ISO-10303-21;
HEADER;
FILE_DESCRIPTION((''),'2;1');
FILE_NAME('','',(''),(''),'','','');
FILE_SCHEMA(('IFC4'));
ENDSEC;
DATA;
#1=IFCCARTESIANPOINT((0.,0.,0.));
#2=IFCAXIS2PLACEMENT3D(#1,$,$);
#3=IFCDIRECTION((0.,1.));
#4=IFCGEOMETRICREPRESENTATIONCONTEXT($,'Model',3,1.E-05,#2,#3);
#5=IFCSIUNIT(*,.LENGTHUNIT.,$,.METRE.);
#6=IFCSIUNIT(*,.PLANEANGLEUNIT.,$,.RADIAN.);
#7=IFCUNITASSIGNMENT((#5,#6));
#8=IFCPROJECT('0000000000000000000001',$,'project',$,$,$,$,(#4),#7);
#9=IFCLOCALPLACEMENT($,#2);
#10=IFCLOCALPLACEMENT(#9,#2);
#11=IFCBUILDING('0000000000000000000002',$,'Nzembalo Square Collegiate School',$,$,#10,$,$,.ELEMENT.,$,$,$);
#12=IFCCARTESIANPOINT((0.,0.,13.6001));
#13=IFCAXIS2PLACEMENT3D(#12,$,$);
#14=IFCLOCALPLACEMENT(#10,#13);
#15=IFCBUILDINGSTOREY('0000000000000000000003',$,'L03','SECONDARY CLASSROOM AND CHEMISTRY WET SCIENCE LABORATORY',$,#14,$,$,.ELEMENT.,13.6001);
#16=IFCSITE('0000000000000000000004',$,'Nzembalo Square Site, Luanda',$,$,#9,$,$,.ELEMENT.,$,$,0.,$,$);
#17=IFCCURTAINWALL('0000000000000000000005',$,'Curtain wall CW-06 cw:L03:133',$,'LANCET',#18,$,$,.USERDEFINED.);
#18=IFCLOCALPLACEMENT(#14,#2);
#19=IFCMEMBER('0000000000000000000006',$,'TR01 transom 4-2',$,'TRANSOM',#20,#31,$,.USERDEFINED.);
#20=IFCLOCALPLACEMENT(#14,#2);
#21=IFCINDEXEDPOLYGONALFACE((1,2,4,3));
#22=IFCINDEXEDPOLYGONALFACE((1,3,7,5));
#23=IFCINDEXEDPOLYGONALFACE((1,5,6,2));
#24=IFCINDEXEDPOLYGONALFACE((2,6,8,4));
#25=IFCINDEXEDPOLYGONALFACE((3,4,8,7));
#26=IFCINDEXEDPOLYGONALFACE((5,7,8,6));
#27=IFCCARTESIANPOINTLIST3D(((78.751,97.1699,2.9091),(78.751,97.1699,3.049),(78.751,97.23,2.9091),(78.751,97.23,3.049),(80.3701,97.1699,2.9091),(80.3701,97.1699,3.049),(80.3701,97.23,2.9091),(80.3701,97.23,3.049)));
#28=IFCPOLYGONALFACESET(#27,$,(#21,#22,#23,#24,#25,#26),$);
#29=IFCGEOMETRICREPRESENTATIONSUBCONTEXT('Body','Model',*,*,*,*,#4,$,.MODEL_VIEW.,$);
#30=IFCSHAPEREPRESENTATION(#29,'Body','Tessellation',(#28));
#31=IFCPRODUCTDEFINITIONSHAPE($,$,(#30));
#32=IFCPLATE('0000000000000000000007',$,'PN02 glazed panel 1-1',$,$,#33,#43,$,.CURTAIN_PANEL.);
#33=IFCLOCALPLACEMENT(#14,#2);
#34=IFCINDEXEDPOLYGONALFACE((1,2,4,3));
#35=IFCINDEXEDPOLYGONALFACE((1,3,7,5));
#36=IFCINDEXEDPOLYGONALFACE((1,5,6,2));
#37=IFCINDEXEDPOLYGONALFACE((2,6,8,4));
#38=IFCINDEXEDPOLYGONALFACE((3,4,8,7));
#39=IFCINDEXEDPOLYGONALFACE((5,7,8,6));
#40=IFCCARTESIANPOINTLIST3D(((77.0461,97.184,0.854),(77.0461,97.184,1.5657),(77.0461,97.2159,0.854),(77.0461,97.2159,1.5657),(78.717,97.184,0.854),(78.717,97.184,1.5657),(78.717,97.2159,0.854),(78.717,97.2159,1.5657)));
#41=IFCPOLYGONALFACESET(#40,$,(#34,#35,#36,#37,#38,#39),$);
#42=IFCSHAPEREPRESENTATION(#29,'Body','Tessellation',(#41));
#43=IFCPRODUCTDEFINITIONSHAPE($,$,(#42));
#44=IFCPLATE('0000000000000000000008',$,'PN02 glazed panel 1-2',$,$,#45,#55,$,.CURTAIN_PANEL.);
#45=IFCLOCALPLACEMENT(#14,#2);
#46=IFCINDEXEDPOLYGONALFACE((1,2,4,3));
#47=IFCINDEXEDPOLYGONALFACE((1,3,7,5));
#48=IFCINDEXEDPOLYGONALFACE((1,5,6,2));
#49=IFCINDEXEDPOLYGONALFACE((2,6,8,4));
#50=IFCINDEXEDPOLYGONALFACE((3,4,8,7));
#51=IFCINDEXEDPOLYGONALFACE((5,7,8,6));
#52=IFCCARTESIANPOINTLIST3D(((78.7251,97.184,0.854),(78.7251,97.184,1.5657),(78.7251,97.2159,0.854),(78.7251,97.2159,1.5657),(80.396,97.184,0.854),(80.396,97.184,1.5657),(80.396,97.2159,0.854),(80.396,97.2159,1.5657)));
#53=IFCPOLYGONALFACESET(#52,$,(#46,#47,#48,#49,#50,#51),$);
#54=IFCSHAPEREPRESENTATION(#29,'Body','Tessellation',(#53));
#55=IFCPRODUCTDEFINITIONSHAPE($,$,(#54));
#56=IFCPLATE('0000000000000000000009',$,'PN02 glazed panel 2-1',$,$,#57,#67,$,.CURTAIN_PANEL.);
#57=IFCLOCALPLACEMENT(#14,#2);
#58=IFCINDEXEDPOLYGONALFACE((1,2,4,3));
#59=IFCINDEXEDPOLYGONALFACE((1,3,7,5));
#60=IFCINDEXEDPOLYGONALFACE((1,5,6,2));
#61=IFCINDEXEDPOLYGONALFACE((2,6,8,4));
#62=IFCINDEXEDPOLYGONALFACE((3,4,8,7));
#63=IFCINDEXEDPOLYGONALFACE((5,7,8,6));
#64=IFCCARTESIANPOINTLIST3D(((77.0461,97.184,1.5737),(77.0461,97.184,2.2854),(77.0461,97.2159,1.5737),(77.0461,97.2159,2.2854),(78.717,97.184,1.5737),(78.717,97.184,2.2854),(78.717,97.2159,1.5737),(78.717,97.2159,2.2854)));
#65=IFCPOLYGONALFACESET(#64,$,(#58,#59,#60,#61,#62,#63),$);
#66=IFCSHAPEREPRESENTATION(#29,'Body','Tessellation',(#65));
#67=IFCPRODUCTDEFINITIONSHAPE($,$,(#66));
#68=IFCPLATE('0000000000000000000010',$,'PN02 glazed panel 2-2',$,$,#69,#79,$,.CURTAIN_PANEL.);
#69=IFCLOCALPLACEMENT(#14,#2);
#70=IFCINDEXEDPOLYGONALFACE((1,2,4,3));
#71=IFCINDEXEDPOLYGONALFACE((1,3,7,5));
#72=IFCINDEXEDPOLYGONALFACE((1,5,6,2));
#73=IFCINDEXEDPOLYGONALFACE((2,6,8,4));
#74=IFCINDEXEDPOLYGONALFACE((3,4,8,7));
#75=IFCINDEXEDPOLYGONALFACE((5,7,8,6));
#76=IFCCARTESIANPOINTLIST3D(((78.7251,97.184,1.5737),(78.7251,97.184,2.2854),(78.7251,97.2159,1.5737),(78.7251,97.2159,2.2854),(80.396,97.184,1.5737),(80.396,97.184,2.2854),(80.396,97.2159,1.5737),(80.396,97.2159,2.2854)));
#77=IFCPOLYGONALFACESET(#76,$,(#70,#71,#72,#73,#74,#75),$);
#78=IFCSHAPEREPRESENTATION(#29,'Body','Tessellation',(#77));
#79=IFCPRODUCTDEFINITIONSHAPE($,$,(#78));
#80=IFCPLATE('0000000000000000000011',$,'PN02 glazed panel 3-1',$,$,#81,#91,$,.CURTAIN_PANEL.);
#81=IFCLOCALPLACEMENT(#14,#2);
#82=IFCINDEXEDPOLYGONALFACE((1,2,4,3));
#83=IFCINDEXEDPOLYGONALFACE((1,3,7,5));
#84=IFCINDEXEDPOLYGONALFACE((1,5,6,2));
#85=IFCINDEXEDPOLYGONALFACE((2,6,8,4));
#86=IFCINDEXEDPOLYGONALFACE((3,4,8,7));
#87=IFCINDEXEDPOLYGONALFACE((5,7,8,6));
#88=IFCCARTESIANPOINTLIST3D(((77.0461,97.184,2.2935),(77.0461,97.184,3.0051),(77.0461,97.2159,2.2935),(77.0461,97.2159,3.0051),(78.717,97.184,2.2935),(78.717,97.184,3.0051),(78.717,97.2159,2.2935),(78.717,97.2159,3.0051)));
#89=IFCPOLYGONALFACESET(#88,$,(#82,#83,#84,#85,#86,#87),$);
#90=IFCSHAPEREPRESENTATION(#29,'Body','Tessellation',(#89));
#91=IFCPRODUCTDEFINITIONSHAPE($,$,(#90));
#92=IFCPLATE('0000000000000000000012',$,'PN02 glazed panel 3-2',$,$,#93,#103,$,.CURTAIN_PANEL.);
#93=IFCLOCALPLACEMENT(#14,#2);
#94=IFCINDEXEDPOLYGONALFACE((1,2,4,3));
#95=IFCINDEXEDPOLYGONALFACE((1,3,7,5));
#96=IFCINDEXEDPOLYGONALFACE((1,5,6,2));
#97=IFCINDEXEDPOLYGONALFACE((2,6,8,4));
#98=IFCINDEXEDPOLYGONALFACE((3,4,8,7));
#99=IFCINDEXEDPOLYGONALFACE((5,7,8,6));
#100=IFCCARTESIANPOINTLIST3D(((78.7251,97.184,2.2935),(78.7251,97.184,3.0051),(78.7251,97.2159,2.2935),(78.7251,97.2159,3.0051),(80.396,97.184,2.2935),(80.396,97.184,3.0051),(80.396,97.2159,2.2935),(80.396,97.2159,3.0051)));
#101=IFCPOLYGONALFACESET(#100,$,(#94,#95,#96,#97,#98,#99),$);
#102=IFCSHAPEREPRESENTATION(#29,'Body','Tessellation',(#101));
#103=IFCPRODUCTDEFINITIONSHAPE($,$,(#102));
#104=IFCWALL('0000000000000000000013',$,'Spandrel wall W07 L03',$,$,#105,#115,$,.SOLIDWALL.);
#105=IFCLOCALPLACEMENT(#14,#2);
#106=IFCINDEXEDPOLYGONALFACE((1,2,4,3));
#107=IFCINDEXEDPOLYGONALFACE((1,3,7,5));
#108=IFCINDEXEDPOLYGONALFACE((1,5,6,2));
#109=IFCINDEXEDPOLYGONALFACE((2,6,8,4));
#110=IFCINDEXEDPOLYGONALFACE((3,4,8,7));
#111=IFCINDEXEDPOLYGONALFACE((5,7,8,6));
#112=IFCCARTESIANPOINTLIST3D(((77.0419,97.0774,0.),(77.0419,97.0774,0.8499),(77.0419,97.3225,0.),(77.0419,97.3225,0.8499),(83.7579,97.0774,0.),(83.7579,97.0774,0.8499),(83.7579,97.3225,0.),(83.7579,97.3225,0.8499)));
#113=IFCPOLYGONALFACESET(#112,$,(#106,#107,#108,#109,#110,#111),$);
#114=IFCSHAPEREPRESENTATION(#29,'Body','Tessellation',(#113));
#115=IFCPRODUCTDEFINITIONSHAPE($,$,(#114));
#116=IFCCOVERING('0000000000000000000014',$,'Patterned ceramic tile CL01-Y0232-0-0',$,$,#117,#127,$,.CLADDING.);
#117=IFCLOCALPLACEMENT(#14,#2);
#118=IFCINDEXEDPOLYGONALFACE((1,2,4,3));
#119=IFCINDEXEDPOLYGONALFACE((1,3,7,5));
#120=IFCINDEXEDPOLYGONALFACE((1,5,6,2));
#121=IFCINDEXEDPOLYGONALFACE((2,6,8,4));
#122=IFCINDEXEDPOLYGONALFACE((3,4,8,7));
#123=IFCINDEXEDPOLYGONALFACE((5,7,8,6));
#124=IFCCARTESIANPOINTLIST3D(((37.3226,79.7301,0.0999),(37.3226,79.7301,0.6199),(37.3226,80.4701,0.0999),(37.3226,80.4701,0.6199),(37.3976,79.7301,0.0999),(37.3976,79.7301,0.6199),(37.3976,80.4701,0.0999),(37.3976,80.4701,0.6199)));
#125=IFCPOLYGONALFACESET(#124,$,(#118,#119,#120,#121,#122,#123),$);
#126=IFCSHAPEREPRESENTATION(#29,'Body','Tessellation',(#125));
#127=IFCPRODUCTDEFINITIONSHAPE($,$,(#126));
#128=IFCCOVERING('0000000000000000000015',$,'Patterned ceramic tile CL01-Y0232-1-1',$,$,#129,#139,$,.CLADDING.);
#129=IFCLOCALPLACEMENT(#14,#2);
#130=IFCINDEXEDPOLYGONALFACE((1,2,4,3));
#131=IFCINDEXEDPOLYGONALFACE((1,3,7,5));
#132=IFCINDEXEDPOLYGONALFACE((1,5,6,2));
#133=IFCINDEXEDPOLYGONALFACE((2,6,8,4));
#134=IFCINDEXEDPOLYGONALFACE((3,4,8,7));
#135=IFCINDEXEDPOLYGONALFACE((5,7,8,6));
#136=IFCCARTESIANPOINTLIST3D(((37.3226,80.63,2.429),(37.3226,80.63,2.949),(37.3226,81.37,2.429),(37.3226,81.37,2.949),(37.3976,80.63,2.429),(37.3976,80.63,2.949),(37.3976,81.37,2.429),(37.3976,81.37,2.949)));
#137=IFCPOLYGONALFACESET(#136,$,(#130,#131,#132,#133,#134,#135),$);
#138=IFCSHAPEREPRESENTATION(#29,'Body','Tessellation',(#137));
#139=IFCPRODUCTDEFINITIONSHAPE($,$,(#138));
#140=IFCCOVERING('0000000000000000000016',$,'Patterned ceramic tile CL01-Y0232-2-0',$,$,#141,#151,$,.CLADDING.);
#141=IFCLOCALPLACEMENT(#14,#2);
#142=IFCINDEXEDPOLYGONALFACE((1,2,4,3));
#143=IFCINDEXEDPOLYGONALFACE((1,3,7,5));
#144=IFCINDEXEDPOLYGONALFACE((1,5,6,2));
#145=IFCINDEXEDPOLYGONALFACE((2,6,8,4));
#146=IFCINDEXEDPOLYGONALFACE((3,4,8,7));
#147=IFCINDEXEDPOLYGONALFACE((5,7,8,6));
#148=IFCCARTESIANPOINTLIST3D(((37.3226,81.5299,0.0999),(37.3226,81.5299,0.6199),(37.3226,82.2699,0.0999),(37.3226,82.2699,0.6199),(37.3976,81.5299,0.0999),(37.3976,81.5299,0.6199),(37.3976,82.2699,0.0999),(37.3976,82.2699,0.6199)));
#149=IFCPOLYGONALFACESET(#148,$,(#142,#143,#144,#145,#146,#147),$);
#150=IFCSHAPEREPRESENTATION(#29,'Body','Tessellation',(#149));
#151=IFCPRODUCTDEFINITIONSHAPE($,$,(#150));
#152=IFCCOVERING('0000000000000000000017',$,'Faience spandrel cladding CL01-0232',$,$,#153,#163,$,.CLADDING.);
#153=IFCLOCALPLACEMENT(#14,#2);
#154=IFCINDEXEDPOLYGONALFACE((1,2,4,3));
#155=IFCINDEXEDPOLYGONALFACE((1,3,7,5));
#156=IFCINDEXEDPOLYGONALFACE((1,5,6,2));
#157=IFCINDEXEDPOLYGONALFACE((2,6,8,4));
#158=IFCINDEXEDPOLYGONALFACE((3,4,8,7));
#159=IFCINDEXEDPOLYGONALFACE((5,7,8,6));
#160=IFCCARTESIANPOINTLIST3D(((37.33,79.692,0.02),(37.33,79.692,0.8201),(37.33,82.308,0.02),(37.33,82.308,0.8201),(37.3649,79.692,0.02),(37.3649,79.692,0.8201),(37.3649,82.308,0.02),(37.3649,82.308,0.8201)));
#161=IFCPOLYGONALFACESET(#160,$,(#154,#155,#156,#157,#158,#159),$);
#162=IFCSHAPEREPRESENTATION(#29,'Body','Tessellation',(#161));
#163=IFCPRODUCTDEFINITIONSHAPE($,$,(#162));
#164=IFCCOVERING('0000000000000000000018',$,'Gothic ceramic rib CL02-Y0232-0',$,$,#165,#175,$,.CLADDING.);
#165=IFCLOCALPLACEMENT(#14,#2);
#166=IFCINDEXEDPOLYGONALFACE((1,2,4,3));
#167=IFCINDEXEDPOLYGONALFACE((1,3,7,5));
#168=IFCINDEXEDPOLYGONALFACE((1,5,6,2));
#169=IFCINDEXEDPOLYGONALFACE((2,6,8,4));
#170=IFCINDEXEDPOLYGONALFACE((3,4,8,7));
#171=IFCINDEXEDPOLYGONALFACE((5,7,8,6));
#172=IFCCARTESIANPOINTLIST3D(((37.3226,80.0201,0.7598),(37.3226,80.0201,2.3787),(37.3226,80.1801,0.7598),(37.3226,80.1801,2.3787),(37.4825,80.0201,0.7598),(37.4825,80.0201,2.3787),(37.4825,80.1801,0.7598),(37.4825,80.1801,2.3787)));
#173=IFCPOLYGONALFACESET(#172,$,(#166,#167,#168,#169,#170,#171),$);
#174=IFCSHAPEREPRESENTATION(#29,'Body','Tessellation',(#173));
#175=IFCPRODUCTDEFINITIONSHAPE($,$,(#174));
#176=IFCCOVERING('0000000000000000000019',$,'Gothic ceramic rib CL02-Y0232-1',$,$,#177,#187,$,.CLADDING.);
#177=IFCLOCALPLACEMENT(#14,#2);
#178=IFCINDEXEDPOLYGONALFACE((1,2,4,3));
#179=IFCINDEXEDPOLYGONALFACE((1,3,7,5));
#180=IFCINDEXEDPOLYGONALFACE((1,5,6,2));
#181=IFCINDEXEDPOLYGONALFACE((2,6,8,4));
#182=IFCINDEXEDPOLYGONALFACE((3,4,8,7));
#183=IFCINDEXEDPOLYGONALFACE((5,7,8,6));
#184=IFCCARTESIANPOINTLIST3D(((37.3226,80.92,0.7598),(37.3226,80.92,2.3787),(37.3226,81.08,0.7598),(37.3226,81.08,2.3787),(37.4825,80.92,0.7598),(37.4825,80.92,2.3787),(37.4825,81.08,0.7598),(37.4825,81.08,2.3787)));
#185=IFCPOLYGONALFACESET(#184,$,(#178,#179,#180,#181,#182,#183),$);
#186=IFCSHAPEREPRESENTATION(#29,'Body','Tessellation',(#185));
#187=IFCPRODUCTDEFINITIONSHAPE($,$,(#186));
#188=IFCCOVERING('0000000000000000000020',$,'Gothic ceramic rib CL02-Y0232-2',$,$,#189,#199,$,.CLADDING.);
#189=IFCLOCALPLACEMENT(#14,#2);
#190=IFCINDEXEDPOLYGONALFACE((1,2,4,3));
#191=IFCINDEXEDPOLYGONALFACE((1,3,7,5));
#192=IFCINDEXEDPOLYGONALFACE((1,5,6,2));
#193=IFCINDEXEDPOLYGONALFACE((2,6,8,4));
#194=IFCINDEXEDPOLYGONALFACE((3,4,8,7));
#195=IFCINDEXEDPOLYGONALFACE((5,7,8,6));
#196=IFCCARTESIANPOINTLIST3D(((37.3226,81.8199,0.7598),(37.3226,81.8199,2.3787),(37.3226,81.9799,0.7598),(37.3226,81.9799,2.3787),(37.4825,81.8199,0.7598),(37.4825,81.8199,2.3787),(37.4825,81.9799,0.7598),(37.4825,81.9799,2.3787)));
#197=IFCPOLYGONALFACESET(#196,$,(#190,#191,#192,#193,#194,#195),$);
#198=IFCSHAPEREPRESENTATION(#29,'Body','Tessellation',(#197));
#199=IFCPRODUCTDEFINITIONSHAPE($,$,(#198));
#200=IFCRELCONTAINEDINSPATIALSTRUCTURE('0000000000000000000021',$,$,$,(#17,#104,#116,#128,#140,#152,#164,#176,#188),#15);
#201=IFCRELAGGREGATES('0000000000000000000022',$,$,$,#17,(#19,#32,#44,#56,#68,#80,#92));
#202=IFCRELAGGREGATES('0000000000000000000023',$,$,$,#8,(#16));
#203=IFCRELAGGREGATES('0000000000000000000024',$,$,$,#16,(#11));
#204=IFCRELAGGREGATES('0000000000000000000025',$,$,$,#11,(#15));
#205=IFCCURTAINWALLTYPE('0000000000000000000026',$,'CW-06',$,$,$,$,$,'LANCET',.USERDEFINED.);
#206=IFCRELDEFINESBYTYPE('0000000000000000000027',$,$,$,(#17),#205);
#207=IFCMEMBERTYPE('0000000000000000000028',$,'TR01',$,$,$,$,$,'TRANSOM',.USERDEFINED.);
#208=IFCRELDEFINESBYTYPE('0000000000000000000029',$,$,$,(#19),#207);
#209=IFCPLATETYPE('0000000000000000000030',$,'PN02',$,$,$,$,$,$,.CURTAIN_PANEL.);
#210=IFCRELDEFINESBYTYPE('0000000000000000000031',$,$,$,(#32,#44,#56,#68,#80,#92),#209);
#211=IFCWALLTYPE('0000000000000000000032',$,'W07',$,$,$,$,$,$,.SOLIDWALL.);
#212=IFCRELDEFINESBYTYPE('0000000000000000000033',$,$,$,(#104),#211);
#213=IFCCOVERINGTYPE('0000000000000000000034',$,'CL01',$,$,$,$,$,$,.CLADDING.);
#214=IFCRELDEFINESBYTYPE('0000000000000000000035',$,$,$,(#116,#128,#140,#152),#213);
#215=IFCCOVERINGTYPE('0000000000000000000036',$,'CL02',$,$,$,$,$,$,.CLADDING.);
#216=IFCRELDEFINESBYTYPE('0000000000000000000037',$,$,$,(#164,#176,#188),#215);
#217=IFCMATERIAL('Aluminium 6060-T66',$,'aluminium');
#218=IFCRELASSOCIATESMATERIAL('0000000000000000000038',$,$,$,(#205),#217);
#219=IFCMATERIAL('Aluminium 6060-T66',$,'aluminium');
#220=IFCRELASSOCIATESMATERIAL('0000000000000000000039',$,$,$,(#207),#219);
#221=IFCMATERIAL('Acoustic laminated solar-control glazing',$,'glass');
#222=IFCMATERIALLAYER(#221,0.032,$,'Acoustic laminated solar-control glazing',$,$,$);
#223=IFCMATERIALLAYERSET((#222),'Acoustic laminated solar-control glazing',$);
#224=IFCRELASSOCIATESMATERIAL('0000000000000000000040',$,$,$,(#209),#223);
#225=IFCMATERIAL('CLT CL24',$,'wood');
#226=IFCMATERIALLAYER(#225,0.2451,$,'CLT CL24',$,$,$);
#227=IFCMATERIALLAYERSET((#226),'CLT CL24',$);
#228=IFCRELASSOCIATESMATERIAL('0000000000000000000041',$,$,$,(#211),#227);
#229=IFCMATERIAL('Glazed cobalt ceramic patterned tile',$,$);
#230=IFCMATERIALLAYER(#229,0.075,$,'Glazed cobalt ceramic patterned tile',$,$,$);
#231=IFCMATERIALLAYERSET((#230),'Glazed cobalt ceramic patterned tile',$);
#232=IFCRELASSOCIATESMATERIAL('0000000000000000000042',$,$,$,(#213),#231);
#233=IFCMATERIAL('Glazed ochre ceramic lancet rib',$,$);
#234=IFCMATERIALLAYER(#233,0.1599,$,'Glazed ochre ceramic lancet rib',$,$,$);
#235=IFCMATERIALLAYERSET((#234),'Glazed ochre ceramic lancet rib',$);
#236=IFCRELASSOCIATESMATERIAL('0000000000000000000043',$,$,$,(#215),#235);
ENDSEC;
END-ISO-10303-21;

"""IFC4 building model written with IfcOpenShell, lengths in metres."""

from ifc_helpers import new_model, si_unit, direction, frame, frame_2d, origin, origin_2d, place, context, subcontext, project, spatial, rectangle, extrude, material, layer, layer_set, material_profile, profile_set, type_object, element, aggregate, save


model = new_model("IFC4")

# Units and contexts
model_context = context("Model", 3, precision=1e-05, world=origin(), true_north=direction((0.0, 1.0)))
body_context = subcontext(model_context, "Body", "Model", "MODEL_VIEW")
ifc_project = project(units=[si_unit("LENGTHUNIT", "METRE"), si_unit("PLANEANGLEUNIT", "RADIAN")], contexts=[model_context])

# Site, building, storey
site_placement = place(None, origin())
site = spatial("IfcSite", under=ifc_project, at=site_placement, Name="Nzembalo Square Site, Luanda", CompositionType="ELEMENT", RefElevation=0.0)
building_placement = place(site_placement, origin())
building = spatial("IfcBuilding", under=site, at=building_placement, Name="Nzembalo Square Collegiate School", CompositionType="ELEMENT")
storey_placement = place(building_placement, frame((0.0, 0.0, 13.6001)))
storey = spatial("IfcBuildingStorey", under=building, at=storey_placement, Name="L03", Description="SECONDARY CLASSROOM AND CHEMISTRY WET SCIENCE LABORATORY", CompositionType="ELEMENT", Elevation=13.6001)

# Curtain wall
ifc_material_1 = material(Name="Aluminium 6060-T66", Category="aluminium")
curtain_wall_type_1 = type_object("IfcCurtainWallType", Name="CW-06", ElementType="LANCET", PredefinedType="USERDEFINED", material=ifc_material_1)
curtain_wall_1_placement = place(storey_placement, origin())
curtain_wall_1 = element("IfcCurtainWall", 1, at=curtain_wall_1_placement, inside=storey, type_object=curtain_wall_type_1, Name="Curtain wall CW-06 cw:L03:133", ObjectType="LANCET", PredefinedType="USERDEFINED")

# Member
ifc_material_2 = material(Name="Aluminium 6060-T66", Category="aluminium")
ifc_material_profile_1 = material_profile(ifc_material_2, rectangle(XDim=0.0601, YDim=0.1399, at=origin_2d()), Name="ALU T60x140")
ifc_profile_set_1 = profile_set([ifc_material_profile_1], Name="Aluminium 6060-T66")
member_type_1 = type_object("IfcMemberType", Name="TR01", ElementType="TRANSOM", PredefinedType="USERDEFINED", material=ifc_profile_set_1)
member_1_placement = place(storey_placement, frame((78.751, 97.2, 2.979), z_axis=(1.0, 0.0, 0.0), x_axis=(0.0, 1.0, 0.0)))
member_1 = element("IfcMember", 2, at=member_1_placement, type_object=member_type_1, Name="TR01 transom 4-2", ObjectType="TRANSOM", PredefinedType="USERDEFINED", context=body_context, shape_type="SweptSolid", body=[
    extrude(rectangle(XDim=0.0601, YDim=0.1399, at=origin_2d()), origin(), (0.0, 0.0, 1.0), 1.6191),
])

# Plates
ifc_material_3 = material(Name="Acoustic laminated solar-control glazing", Category="glass")
ifc_layer_1 = layer(ifc_material_3, 0.032, Name="Acoustic laminated solar-control glazing")
ifc_layer_set_1 = layer_set([ifc_layer_1], Name="Acoustic laminated solar-control glazing")
plate_type = type_object("IfcPlateType", Name="PN02", PredefinedType="CURTAIN_PANEL", material=ifc_layer_set_1)
plate_1_placement = place(storey_placement, frame((77.8816, 97.2, 0.854), z_axis=(0.0, 0.0, 1.0), x_axis=(1.0, 0.0, 0.0)))
plate_1 = element("IfcPlate", 3, at=plate_1_placement, type_object=plate_type, Name="PN02 glazed panel 1-1", PredefinedType="CURTAIN_PANEL", context=body_context, shape_type="SweptSolid", body=[
    extrude(rectangle(XDim=1.6709, YDim=0.032, at=origin_2d()), origin(), (0.0, 0.0, 1.0), 0.7117),
])
plate_2_placement = place(storey_placement, frame((79.5605, 97.2, 0.854), z_axis=(0.0, 0.0, 1.0), x_axis=(1.0, 0.0, 0.0)))
plate_2 = element("IfcPlate", 4, at=plate_2_placement, type_object=plate_type, Name="PN02 glazed panel 1-2", PredefinedType="CURTAIN_PANEL", context=body_context, shape_type="SweptSolid", body=[
    extrude(rectangle(XDim=1.6709, YDim=0.032, at=origin_2d()), origin(), (0.0, 0.0, 1.0), 0.7117),
])
plate_3_placement = place(storey_placement, frame((77.8816, 97.2, 1.5737), z_axis=(0.0, 0.0, 1.0), x_axis=(1.0, 0.0, 0.0)))
plate_3 = element("IfcPlate", 5, at=plate_3_placement, type_object=plate_type, Name="PN02 glazed panel 2-1", PredefinedType="CURTAIN_PANEL", context=body_context, shape_type="SweptSolid", body=[
    extrude(rectangle(XDim=1.6709, YDim=0.032, at=origin_2d()), origin(), (0.0, 0.0, 1.0), 0.7117),
])
plate_4_placement = place(storey_placement, frame((79.5605, 97.2, 1.5737), z_axis=(0.0, 0.0, 1.0), x_axis=(1.0, 0.0, 0.0)))
plate_4 = element("IfcPlate", 6, at=plate_4_placement, type_object=plate_type, Name="PN02 glazed panel 2-2", PredefinedType="CURTAIN_PANEL", context=body_context, shape_type="SweptSolid", body=[
    extrude(rectangle(XDim=1.6709, YDim=0.032, at=origin_2d()), origin(), (0.0, 0.0, 1.0), 0.7117),
])
plate_5_placement = place(storey_placement, frame((77.8816, 97.2, 2.2935), z_axis=(0.0, 0.0, 1.0), x_axis=(1.0, 0.0, 0.0)))
plate_5 = element("IfcPlate", 7, at=plate_5_placement, type_object=plate_type, Name="PN02 glazed panel 3-1", PredefinedType="CURTAIN_PANEL", context=body_context, shape_type="SweptSolid", body=[
    extrude(rectangle(XDim=1.6709, YDim=0.032, at=origin_2d()), origin(), (0.0, 0.0, 1.0), 0.7117),
])
plate_6_placement = place(storey_placement, frame((79.5605, 97.2, 2.2935), z_axis=(0.0, 0.0, 1.0), x_axis=(1.0, 0.0, 0.0)))
plate_6 = element("IfcPlate", 8, at=plate_6_placement, type_object=plate_type, Name="PN02 glazed panel 3-2", PredefinedType="CURTAIN_PANEL", context=body_context, shape_type="SweptSolid", body=[
    extrude(rectangle(XDim=1.6709, YDim=0.032, at=origin_2d()), origin(), (0.0, 0.0, 1.0), 0.7117),
])
aggregate(curtain_wall_1, [member_1, plate_1, plate_2, plate_3, plate_4, plate_5, plate_6])

# Wall
ifc_material_4 = material(Name="CLT CL24", Category="wood")
ifc_layer_2 = layer(ifc_material_4, 0.2451, Name="CLT CL24")
ifc_layer_set_2 = layer_set([ifc_layer_2], Name="CLT CL24")
wall_type = type_object("IfcWallType", Name="W07", PredefinedType="SOLIDWALL", material=ifc_layer_set_2)
wall_placement = place(storey_placement, frame((77.042, 97.2, 0.0), z_axis=(0.0, 0.0, 1.0), x_axis=(1.0, 0.0, 0.0)))
element("IfcWall", 9, at=wall_placement, inside=storey, type_object=wall_type, Name="Spandrel wall W07 L03", PredefinedType="SOLIDWALL", context=body_context, shape_type="SweptSolid", body=[
    extrude(rectangle(XDim=6.7161, YDim=0.2451, at=frame_2d((3.3579, 0.0))), origin(), (0.0, 0.0, 1.0), 0.8499),
])

# Coverings
ifc_material_5 = material(Name="Glazed cobalt ceramic patterned tile")
ifc_layer_3 = layer(ifc_material_5, 0.075, Name="Glazed cobalt ceramic patterned tile")
ifc_layer_set_3 = layer_set([ifc_layer_3], Name="Glazed cobalt ceramic patterned tile")
covering_type_1 = type_object("IfcCoveringType", Name="CL01", PredefinedType="CLADDING", material=ifc_layer_set_3)
for number, where, z_axis, x_axis, name in (
    (10, (37.3601, 80.1001, 0.0999), (0.0, 0.0, 1.0), (1.0, 0.0, 0.0), "Patterned ceramic tile CL01-Y0232-0-0"),
    (11, (37.3601, 81.0, 2.429), (0.0, 0.0, 1.0), (1.0, 0.0, 0.0), "Patterned ceramic tile CL01-Y0232-1-1"),
    (12, (37.3601, 81.8999, 0.0999), (0.0, 0.0, 1.0), (1.0, 0.0, 0.0), "Patterned ceramic tile CL01-Y0232-2-0"),
):
    element("IfcCovering", number, at=place(storey_placement, frame(where, z_axis=z_axis, x_axis=x_axis)), inside=storey, type_object=covering_type_1, Name=name, PredefinedType="CLADDING", context=body_context, shape_type="SweptSolid", body=[
        extrude(rectangle(XDim=0.075, YDim=0.74, at=origin_2d()), origin(), (0.0, 0.0, 1.0), 0.52),
    ])
covering_placement = place(storey_placement, frame((37.3474, 81.0, 0.02), z_axis=(0.0, 0.0, 1.0), x_axis=(1.0, 0.0, 0.0)))
element("IfcCovering", 13, at=covering_placement, inside=storey, type_object=covering_type_1, Name="Faience spandrel cladding CL01-0232", PredefinedType="CLADDING", context=body_context, shape_type="SweptSolid", body=[
    extrude(rectangle(XDim=0.0349, YDim=2.616, at=origin_2d()), origin(), (0.0, 0.0, 1.0), 0.8),
])
ifc_material_6 = material(Name="Glazed ochre ceramic lancet rib")
ifc_layer_4 = layer(ifc_material_6, 0.1599, Name="Glazed ochre ceramic lancet rib")
ifc_layer_set_4 = layer_set([ifc_layer_4], Name="Glazed ochre ceramic lancet rib")
covering_type_2 = type_object("IfcCoveringType", Name="CL02", PredefinedType="CLADDING", material=ifc_layer_set_4)
for number, where, z_axis, x_axis, name in (
    (14, (37.4026, 80.1001, 0.7598), (0.0, 0.0, 1.0), (1.0, 0.0, 0.0), "Gothic ceramic rib CL02-Y0232-0"),
    (15, (37.4026, 81.0, 0.7598), (0.0, 0.0, 1.0), (1.0, 0.0, 0.0), "Gothic ceramic rib CL02-Y0232-1"),
    (16, (37.4026, 81.8999, 0.7598), (0.0, 0.0, 1.0), (1.0, 0.0, 0.0), "Gothic ceramic rib CL02-Y0232-2"),
):
    element("IfcCovering", number, at=place(storey_placement, frame(where, z_axis=z_axis, x_axis=x_axis)), inside=storey, type_object=covering_type_2, Name=name, PredefinedType="CLADDING", context=body_context, shape_type="SweptSolid", body=[
        extrude(rectangle(XDim=0.1599, YDim=0.1599, at=origin_2d()), origin(), (0.0, 0.0, 1.0), 1.6189),
    ])

save(model, "model.ifc")
